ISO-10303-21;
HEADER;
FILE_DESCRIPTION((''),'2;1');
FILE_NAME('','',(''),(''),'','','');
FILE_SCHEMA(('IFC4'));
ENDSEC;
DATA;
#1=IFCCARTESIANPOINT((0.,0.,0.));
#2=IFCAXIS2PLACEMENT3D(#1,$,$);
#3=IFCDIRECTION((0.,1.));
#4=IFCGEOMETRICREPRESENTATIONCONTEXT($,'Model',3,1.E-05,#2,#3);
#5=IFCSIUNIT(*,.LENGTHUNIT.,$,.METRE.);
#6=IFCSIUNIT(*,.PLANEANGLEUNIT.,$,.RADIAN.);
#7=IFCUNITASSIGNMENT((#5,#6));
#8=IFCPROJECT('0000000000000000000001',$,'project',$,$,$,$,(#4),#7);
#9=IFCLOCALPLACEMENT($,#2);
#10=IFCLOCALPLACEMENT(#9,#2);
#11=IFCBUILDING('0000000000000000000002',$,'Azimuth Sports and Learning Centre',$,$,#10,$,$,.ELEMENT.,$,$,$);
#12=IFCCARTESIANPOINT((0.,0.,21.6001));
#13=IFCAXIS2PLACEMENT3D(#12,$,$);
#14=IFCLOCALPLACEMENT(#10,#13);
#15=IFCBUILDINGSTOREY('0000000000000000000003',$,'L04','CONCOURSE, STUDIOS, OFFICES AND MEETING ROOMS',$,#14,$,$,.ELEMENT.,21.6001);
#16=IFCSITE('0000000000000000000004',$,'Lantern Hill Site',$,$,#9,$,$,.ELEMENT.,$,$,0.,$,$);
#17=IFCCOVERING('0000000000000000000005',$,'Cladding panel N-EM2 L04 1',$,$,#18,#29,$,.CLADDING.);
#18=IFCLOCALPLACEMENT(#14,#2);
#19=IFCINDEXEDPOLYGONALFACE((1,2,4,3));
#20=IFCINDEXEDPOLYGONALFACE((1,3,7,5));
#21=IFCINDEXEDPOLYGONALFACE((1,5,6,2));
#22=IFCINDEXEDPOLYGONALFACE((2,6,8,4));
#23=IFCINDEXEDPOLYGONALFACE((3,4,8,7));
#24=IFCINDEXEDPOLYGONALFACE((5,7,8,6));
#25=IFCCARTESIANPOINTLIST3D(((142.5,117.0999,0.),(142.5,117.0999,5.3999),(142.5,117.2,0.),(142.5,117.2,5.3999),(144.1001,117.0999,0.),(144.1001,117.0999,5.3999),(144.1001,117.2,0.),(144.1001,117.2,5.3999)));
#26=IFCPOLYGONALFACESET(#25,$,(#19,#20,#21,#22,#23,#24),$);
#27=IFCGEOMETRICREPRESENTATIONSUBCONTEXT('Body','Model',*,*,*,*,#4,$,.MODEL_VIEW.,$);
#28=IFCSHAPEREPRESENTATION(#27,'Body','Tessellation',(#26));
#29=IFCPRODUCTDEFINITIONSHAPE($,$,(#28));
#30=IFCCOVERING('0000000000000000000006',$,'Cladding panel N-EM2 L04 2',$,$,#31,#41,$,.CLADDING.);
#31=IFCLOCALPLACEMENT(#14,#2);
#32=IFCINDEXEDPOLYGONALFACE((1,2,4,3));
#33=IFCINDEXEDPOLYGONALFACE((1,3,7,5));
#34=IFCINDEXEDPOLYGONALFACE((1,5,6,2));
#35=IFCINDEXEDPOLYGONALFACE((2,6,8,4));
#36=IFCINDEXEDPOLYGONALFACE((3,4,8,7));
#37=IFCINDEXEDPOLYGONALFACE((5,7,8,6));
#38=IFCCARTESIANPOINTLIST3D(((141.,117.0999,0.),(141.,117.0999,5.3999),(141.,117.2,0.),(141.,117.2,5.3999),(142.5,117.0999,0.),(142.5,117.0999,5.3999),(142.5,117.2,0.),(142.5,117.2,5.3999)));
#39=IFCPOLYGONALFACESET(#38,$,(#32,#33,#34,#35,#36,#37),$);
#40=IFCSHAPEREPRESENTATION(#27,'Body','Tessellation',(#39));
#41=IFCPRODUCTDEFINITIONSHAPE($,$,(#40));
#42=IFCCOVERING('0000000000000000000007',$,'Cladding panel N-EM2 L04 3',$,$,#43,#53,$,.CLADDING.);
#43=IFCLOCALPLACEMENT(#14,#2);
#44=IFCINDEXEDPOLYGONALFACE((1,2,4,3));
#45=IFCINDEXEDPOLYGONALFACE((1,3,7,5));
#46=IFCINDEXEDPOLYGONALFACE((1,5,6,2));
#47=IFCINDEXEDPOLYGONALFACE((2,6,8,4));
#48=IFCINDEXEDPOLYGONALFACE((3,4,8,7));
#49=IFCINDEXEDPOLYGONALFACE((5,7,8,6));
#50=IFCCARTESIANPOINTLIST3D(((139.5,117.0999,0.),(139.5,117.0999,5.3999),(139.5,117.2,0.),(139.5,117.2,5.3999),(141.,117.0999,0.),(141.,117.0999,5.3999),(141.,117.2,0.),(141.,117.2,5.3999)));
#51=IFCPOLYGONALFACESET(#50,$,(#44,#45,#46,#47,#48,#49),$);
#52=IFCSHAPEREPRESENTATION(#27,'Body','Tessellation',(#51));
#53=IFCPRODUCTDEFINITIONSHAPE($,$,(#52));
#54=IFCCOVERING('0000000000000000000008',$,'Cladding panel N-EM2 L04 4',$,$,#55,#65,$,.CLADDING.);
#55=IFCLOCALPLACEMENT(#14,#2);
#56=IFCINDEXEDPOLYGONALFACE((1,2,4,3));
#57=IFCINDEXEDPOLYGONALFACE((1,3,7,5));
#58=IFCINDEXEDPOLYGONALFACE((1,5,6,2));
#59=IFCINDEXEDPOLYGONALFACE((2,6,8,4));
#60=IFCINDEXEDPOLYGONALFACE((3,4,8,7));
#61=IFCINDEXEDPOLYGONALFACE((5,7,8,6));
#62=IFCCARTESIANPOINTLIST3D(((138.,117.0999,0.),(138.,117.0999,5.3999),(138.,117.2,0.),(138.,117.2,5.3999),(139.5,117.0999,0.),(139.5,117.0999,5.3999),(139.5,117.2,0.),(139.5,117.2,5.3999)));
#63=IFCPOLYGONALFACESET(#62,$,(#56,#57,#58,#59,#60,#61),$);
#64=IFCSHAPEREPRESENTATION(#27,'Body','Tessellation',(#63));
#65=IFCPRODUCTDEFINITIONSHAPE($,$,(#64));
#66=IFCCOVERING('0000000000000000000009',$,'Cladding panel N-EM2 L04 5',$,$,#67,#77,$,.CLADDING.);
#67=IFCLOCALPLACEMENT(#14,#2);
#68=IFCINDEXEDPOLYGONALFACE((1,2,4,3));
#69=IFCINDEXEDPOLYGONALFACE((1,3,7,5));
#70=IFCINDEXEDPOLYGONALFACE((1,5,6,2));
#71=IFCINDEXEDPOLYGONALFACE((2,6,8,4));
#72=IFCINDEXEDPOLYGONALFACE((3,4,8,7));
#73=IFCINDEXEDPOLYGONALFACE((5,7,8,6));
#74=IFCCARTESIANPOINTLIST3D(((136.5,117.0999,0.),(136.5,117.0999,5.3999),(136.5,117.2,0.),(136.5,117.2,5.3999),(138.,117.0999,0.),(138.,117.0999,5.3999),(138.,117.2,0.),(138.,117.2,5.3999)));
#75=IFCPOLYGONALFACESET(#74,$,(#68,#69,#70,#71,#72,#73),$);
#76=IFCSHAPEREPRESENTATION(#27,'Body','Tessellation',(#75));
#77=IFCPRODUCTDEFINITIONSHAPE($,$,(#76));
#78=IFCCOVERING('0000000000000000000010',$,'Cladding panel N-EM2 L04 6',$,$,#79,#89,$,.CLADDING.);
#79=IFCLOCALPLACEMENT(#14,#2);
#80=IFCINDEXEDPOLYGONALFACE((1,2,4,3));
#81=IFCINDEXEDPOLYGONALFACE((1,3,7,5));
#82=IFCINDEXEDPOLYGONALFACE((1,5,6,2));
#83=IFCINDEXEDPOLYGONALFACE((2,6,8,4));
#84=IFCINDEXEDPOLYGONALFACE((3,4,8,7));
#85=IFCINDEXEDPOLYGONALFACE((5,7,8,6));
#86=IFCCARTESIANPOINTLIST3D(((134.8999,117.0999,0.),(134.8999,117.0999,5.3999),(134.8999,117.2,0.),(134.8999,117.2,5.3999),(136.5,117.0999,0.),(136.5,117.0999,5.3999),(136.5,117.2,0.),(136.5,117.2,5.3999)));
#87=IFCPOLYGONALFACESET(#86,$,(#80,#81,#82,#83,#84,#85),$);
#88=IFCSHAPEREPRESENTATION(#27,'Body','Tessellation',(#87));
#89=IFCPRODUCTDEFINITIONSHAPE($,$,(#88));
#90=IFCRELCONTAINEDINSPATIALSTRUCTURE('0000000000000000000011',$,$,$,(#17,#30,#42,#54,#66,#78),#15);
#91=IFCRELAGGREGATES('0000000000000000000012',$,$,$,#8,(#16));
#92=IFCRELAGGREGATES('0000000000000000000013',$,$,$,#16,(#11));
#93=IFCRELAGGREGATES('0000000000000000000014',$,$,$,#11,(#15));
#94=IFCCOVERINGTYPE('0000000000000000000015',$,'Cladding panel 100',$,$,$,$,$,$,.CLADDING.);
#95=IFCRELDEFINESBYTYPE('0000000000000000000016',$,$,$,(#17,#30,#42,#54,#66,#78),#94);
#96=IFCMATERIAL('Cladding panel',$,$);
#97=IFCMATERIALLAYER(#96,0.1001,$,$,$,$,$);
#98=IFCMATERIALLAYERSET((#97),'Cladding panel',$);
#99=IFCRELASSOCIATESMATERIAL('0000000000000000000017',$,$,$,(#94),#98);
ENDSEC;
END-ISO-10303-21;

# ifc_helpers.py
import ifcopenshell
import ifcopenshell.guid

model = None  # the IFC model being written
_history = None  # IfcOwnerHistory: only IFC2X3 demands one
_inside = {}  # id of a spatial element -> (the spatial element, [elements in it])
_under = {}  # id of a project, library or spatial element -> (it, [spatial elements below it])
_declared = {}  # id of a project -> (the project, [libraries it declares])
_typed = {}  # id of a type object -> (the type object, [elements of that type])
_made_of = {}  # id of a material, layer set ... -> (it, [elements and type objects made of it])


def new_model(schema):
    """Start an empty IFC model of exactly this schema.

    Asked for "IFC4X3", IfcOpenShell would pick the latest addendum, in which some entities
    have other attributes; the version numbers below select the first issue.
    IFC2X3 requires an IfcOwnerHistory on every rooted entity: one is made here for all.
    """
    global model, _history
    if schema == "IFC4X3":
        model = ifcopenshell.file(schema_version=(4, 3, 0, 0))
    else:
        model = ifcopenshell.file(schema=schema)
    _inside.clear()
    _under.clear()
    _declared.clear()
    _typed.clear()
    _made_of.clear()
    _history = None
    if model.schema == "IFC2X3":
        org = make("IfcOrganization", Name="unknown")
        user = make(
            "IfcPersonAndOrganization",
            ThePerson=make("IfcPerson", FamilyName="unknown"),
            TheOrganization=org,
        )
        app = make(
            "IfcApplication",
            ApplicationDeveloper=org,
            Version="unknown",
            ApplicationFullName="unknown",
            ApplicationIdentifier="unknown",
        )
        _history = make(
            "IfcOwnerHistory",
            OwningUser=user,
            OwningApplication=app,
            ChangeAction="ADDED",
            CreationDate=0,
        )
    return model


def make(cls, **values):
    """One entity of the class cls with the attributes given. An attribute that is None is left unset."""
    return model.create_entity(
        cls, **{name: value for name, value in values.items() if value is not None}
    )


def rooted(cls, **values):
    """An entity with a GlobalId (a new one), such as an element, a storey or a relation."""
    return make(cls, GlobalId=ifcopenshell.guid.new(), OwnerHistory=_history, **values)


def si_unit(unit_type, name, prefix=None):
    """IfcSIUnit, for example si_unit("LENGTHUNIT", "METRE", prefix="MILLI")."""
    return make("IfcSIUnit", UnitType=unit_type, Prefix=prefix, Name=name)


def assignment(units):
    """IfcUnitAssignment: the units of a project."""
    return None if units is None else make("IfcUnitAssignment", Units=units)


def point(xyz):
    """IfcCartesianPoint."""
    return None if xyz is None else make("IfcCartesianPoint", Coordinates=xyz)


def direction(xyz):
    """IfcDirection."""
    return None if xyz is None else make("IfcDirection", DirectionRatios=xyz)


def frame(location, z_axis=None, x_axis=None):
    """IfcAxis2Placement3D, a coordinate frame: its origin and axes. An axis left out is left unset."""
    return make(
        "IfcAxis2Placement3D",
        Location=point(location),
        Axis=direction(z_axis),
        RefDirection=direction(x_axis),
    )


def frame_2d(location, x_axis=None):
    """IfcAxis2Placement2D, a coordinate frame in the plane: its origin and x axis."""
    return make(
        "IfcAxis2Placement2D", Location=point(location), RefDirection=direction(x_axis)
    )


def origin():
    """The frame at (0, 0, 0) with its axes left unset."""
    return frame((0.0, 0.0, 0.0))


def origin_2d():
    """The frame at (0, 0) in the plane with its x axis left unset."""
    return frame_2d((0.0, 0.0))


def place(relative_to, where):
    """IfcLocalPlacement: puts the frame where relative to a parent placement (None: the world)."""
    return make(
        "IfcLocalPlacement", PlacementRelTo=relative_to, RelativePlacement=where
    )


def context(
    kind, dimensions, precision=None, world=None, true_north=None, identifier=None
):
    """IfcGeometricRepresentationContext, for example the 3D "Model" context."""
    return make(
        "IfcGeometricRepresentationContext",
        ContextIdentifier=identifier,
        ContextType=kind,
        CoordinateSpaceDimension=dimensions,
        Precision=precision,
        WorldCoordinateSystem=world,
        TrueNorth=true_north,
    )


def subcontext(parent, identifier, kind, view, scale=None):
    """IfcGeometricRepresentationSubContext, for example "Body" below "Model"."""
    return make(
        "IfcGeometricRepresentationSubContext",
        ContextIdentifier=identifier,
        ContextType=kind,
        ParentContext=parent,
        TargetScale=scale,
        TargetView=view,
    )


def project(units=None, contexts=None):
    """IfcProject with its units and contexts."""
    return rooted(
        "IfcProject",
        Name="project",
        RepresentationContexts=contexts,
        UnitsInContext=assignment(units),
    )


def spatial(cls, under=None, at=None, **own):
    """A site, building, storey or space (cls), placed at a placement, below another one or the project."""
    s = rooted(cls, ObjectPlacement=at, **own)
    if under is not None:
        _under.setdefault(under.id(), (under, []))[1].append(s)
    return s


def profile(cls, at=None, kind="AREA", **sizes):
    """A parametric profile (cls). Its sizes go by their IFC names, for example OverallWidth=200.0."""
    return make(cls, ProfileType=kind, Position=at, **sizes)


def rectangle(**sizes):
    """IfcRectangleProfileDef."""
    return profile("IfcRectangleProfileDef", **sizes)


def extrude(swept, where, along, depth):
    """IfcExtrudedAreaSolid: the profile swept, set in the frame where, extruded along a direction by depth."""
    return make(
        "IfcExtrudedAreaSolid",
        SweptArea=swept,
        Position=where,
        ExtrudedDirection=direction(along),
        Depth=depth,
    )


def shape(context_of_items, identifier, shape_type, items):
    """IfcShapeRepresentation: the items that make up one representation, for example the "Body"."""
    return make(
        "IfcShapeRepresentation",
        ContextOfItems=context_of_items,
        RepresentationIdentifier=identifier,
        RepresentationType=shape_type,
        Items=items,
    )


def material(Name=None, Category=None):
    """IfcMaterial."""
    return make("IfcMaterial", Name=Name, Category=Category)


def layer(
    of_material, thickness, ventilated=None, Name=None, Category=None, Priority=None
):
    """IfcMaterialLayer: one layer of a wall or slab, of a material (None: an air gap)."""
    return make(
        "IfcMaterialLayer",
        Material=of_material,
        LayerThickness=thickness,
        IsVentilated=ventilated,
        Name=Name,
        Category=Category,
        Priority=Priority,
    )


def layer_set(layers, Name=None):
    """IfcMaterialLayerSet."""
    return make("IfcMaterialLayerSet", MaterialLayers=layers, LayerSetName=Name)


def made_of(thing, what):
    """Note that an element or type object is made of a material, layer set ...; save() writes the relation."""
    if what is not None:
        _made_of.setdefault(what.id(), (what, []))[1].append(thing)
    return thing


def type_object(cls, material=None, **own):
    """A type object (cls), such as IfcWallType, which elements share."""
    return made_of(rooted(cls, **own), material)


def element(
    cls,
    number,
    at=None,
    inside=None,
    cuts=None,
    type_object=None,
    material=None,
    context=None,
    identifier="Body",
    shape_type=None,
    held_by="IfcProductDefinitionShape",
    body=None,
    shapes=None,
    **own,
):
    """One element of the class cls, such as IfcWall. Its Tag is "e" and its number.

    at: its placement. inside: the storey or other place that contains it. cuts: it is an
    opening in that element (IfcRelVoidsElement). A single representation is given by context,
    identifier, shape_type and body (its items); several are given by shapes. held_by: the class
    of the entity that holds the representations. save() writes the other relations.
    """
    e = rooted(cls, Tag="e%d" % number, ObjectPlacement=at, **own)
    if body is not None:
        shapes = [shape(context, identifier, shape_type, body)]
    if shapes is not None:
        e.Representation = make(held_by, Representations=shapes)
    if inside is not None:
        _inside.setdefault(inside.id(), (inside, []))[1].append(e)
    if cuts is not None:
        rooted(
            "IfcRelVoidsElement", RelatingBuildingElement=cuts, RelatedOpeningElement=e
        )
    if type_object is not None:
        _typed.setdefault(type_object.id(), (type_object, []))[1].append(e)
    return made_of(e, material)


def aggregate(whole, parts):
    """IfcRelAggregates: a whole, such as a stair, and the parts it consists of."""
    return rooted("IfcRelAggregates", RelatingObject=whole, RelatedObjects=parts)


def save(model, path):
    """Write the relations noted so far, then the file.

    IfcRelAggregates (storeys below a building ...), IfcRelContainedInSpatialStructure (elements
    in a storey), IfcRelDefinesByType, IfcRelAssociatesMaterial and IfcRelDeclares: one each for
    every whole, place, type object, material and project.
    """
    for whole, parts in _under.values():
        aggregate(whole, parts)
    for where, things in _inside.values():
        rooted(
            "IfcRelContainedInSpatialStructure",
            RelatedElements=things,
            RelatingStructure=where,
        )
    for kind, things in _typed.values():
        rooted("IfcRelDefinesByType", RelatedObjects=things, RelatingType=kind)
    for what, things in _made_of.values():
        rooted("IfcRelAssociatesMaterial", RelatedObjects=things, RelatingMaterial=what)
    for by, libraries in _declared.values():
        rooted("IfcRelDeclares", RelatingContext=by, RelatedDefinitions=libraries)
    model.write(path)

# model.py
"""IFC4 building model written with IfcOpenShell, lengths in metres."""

from ifc_helpers import new_model, si_unit, direction, frame, origin, origin_2d, place, context, subcontext, project, spatial, rectangle, extrude, material, layer, layer_set, type_object, element, save


model = new_model("IFC4")

# Units and contexts
model_context = context("Model", 3, precision=1e-05, world=origin(), true_north=direction((0.0, 1.0)))
body_context = subcontext(model_context, "Body", "Model", "MODEL_VIEW")
ifc_project = project(units=[si_unit("LENGTHUNIT", "METRE"), si_unit("PLANEANGLEUNIT", "RADIAN")], contexts=[model_context])

# Site, building, storey
site_placement = place(None, origin())
site = spatial("IfcSite", under=ifc_project, at=site_placement, Name="Lantern Hill Site", CompositionType="ELEMENT", RefElevation=0.0)
building_placement = place(site_placement, origin())
building = spatial("IfcBuilding", under=site, at=building_placement, Name="Azimuth Sports and Learning Centre", CompositionType="ELEMENT")
storey_placement = place(building_placement, frame((0.0, 0.0, 21.6001)))
storey = spatial("IfcBuildingStorey", under=building, at=storey_placement, Name="L04", Description="CONCOURSE, STUDIOS, OFFICES AND MEETING ROOMS", CompositionType="ELEMENT", Elevation=21.6001)

# Coverings
ifc_material_1 = material(Name="Cladding panel")
ifc_layer_1 = layer(ifc_material_1, 0.1001)
ifc_layer_set_1 = layer_set([ifc_layer_1], Name="Cladding panel")
covering_type = type_object("IfcCoveringType", Name="Cladding panel 100", PredefinedType="CLADDING", material=ifc_layer_set_1)
covering_1_placement = place(storey_placement, frame((143.3, 117.1499, 0.0), z_axis=(0.0, 0.0, 1.0), x_axis=(-1.0, 0.0, 0.0)))
element("IfcCovering", 1, at=covering_1_placement, inside=storey, type_object=covering_type, Name="Cladding panel N-EM2 L04 1", PredefinedType="CLADDING", context=body_context, shape_type="SweptSolid", body=[
    extrude(rectangle(XDim=1.6001, YDim=0.1001, at=origin_2d()), origin(), (0.0, 0.0, 1.0), 5.3999),
])
for number, where, z_axis, x_axis, name in (
    (2, (141.75, 117.1499, 0.0), (0.0, 0.0, 1.0), (-1.0, 0.0, 0.0), "Cladding panel N-EM2 L04 2"),
    (3, (140.25, 117.1499, 0.0), (0.0, 0.0, 1.0), (-1.0, 0.0, 0.0), "Cladding panel N-EM2 L04 3"),
    (4, (138.75, 117.1499, 0.0), (0.0, 0.0, 1.0), (-1.0, 0.0, 0.0), "Cladding panel N-EM2 L04 4"),
    (5, (137.25, 117.1499, 0.0), (0.0, 0.0, 1.0), (-1.0, 0.0, 0.0), "Cladding panel N-EM2 L04 5"),
):
    element("IfcCovering", number, at=place(storey_placement, frame(where, z_axis=z_axis, x_axis=x_axis)), inside=storey, type_object=covering_type, Name=name, PredefinedType="CLADDING", context=body_context, shape_type="SweptSolid", body=[
        extrude(rectangle(XDim=1.5, YDim=0.1001, at=origin_2d()), origin(), (0.0, 0.0, 1.0), 5.3999),
    ])
covering_2_placement = place(storey_placement, frame((135.7, 117.1499, 0.0), z_axis=(0.0, 0.0, 1.0), x_axis=(-1.0, 0.0, 0.0)))
element("IfcCovering", 6, at=covering_2_placement, inside=storey, type_object=covering_type, Name="Cladding panel N-EM2 L04 6", PredefinedType="CLADDING", context=body_context, shape_type="SweptSolid", body=[
    extrude(rectangle(XDim=1.6001, YDim=0.1001, at=origin_2d()), origin(), (0.0, 0.0, 1.0), 5.3999),
])

save(model, "model.ifc")
